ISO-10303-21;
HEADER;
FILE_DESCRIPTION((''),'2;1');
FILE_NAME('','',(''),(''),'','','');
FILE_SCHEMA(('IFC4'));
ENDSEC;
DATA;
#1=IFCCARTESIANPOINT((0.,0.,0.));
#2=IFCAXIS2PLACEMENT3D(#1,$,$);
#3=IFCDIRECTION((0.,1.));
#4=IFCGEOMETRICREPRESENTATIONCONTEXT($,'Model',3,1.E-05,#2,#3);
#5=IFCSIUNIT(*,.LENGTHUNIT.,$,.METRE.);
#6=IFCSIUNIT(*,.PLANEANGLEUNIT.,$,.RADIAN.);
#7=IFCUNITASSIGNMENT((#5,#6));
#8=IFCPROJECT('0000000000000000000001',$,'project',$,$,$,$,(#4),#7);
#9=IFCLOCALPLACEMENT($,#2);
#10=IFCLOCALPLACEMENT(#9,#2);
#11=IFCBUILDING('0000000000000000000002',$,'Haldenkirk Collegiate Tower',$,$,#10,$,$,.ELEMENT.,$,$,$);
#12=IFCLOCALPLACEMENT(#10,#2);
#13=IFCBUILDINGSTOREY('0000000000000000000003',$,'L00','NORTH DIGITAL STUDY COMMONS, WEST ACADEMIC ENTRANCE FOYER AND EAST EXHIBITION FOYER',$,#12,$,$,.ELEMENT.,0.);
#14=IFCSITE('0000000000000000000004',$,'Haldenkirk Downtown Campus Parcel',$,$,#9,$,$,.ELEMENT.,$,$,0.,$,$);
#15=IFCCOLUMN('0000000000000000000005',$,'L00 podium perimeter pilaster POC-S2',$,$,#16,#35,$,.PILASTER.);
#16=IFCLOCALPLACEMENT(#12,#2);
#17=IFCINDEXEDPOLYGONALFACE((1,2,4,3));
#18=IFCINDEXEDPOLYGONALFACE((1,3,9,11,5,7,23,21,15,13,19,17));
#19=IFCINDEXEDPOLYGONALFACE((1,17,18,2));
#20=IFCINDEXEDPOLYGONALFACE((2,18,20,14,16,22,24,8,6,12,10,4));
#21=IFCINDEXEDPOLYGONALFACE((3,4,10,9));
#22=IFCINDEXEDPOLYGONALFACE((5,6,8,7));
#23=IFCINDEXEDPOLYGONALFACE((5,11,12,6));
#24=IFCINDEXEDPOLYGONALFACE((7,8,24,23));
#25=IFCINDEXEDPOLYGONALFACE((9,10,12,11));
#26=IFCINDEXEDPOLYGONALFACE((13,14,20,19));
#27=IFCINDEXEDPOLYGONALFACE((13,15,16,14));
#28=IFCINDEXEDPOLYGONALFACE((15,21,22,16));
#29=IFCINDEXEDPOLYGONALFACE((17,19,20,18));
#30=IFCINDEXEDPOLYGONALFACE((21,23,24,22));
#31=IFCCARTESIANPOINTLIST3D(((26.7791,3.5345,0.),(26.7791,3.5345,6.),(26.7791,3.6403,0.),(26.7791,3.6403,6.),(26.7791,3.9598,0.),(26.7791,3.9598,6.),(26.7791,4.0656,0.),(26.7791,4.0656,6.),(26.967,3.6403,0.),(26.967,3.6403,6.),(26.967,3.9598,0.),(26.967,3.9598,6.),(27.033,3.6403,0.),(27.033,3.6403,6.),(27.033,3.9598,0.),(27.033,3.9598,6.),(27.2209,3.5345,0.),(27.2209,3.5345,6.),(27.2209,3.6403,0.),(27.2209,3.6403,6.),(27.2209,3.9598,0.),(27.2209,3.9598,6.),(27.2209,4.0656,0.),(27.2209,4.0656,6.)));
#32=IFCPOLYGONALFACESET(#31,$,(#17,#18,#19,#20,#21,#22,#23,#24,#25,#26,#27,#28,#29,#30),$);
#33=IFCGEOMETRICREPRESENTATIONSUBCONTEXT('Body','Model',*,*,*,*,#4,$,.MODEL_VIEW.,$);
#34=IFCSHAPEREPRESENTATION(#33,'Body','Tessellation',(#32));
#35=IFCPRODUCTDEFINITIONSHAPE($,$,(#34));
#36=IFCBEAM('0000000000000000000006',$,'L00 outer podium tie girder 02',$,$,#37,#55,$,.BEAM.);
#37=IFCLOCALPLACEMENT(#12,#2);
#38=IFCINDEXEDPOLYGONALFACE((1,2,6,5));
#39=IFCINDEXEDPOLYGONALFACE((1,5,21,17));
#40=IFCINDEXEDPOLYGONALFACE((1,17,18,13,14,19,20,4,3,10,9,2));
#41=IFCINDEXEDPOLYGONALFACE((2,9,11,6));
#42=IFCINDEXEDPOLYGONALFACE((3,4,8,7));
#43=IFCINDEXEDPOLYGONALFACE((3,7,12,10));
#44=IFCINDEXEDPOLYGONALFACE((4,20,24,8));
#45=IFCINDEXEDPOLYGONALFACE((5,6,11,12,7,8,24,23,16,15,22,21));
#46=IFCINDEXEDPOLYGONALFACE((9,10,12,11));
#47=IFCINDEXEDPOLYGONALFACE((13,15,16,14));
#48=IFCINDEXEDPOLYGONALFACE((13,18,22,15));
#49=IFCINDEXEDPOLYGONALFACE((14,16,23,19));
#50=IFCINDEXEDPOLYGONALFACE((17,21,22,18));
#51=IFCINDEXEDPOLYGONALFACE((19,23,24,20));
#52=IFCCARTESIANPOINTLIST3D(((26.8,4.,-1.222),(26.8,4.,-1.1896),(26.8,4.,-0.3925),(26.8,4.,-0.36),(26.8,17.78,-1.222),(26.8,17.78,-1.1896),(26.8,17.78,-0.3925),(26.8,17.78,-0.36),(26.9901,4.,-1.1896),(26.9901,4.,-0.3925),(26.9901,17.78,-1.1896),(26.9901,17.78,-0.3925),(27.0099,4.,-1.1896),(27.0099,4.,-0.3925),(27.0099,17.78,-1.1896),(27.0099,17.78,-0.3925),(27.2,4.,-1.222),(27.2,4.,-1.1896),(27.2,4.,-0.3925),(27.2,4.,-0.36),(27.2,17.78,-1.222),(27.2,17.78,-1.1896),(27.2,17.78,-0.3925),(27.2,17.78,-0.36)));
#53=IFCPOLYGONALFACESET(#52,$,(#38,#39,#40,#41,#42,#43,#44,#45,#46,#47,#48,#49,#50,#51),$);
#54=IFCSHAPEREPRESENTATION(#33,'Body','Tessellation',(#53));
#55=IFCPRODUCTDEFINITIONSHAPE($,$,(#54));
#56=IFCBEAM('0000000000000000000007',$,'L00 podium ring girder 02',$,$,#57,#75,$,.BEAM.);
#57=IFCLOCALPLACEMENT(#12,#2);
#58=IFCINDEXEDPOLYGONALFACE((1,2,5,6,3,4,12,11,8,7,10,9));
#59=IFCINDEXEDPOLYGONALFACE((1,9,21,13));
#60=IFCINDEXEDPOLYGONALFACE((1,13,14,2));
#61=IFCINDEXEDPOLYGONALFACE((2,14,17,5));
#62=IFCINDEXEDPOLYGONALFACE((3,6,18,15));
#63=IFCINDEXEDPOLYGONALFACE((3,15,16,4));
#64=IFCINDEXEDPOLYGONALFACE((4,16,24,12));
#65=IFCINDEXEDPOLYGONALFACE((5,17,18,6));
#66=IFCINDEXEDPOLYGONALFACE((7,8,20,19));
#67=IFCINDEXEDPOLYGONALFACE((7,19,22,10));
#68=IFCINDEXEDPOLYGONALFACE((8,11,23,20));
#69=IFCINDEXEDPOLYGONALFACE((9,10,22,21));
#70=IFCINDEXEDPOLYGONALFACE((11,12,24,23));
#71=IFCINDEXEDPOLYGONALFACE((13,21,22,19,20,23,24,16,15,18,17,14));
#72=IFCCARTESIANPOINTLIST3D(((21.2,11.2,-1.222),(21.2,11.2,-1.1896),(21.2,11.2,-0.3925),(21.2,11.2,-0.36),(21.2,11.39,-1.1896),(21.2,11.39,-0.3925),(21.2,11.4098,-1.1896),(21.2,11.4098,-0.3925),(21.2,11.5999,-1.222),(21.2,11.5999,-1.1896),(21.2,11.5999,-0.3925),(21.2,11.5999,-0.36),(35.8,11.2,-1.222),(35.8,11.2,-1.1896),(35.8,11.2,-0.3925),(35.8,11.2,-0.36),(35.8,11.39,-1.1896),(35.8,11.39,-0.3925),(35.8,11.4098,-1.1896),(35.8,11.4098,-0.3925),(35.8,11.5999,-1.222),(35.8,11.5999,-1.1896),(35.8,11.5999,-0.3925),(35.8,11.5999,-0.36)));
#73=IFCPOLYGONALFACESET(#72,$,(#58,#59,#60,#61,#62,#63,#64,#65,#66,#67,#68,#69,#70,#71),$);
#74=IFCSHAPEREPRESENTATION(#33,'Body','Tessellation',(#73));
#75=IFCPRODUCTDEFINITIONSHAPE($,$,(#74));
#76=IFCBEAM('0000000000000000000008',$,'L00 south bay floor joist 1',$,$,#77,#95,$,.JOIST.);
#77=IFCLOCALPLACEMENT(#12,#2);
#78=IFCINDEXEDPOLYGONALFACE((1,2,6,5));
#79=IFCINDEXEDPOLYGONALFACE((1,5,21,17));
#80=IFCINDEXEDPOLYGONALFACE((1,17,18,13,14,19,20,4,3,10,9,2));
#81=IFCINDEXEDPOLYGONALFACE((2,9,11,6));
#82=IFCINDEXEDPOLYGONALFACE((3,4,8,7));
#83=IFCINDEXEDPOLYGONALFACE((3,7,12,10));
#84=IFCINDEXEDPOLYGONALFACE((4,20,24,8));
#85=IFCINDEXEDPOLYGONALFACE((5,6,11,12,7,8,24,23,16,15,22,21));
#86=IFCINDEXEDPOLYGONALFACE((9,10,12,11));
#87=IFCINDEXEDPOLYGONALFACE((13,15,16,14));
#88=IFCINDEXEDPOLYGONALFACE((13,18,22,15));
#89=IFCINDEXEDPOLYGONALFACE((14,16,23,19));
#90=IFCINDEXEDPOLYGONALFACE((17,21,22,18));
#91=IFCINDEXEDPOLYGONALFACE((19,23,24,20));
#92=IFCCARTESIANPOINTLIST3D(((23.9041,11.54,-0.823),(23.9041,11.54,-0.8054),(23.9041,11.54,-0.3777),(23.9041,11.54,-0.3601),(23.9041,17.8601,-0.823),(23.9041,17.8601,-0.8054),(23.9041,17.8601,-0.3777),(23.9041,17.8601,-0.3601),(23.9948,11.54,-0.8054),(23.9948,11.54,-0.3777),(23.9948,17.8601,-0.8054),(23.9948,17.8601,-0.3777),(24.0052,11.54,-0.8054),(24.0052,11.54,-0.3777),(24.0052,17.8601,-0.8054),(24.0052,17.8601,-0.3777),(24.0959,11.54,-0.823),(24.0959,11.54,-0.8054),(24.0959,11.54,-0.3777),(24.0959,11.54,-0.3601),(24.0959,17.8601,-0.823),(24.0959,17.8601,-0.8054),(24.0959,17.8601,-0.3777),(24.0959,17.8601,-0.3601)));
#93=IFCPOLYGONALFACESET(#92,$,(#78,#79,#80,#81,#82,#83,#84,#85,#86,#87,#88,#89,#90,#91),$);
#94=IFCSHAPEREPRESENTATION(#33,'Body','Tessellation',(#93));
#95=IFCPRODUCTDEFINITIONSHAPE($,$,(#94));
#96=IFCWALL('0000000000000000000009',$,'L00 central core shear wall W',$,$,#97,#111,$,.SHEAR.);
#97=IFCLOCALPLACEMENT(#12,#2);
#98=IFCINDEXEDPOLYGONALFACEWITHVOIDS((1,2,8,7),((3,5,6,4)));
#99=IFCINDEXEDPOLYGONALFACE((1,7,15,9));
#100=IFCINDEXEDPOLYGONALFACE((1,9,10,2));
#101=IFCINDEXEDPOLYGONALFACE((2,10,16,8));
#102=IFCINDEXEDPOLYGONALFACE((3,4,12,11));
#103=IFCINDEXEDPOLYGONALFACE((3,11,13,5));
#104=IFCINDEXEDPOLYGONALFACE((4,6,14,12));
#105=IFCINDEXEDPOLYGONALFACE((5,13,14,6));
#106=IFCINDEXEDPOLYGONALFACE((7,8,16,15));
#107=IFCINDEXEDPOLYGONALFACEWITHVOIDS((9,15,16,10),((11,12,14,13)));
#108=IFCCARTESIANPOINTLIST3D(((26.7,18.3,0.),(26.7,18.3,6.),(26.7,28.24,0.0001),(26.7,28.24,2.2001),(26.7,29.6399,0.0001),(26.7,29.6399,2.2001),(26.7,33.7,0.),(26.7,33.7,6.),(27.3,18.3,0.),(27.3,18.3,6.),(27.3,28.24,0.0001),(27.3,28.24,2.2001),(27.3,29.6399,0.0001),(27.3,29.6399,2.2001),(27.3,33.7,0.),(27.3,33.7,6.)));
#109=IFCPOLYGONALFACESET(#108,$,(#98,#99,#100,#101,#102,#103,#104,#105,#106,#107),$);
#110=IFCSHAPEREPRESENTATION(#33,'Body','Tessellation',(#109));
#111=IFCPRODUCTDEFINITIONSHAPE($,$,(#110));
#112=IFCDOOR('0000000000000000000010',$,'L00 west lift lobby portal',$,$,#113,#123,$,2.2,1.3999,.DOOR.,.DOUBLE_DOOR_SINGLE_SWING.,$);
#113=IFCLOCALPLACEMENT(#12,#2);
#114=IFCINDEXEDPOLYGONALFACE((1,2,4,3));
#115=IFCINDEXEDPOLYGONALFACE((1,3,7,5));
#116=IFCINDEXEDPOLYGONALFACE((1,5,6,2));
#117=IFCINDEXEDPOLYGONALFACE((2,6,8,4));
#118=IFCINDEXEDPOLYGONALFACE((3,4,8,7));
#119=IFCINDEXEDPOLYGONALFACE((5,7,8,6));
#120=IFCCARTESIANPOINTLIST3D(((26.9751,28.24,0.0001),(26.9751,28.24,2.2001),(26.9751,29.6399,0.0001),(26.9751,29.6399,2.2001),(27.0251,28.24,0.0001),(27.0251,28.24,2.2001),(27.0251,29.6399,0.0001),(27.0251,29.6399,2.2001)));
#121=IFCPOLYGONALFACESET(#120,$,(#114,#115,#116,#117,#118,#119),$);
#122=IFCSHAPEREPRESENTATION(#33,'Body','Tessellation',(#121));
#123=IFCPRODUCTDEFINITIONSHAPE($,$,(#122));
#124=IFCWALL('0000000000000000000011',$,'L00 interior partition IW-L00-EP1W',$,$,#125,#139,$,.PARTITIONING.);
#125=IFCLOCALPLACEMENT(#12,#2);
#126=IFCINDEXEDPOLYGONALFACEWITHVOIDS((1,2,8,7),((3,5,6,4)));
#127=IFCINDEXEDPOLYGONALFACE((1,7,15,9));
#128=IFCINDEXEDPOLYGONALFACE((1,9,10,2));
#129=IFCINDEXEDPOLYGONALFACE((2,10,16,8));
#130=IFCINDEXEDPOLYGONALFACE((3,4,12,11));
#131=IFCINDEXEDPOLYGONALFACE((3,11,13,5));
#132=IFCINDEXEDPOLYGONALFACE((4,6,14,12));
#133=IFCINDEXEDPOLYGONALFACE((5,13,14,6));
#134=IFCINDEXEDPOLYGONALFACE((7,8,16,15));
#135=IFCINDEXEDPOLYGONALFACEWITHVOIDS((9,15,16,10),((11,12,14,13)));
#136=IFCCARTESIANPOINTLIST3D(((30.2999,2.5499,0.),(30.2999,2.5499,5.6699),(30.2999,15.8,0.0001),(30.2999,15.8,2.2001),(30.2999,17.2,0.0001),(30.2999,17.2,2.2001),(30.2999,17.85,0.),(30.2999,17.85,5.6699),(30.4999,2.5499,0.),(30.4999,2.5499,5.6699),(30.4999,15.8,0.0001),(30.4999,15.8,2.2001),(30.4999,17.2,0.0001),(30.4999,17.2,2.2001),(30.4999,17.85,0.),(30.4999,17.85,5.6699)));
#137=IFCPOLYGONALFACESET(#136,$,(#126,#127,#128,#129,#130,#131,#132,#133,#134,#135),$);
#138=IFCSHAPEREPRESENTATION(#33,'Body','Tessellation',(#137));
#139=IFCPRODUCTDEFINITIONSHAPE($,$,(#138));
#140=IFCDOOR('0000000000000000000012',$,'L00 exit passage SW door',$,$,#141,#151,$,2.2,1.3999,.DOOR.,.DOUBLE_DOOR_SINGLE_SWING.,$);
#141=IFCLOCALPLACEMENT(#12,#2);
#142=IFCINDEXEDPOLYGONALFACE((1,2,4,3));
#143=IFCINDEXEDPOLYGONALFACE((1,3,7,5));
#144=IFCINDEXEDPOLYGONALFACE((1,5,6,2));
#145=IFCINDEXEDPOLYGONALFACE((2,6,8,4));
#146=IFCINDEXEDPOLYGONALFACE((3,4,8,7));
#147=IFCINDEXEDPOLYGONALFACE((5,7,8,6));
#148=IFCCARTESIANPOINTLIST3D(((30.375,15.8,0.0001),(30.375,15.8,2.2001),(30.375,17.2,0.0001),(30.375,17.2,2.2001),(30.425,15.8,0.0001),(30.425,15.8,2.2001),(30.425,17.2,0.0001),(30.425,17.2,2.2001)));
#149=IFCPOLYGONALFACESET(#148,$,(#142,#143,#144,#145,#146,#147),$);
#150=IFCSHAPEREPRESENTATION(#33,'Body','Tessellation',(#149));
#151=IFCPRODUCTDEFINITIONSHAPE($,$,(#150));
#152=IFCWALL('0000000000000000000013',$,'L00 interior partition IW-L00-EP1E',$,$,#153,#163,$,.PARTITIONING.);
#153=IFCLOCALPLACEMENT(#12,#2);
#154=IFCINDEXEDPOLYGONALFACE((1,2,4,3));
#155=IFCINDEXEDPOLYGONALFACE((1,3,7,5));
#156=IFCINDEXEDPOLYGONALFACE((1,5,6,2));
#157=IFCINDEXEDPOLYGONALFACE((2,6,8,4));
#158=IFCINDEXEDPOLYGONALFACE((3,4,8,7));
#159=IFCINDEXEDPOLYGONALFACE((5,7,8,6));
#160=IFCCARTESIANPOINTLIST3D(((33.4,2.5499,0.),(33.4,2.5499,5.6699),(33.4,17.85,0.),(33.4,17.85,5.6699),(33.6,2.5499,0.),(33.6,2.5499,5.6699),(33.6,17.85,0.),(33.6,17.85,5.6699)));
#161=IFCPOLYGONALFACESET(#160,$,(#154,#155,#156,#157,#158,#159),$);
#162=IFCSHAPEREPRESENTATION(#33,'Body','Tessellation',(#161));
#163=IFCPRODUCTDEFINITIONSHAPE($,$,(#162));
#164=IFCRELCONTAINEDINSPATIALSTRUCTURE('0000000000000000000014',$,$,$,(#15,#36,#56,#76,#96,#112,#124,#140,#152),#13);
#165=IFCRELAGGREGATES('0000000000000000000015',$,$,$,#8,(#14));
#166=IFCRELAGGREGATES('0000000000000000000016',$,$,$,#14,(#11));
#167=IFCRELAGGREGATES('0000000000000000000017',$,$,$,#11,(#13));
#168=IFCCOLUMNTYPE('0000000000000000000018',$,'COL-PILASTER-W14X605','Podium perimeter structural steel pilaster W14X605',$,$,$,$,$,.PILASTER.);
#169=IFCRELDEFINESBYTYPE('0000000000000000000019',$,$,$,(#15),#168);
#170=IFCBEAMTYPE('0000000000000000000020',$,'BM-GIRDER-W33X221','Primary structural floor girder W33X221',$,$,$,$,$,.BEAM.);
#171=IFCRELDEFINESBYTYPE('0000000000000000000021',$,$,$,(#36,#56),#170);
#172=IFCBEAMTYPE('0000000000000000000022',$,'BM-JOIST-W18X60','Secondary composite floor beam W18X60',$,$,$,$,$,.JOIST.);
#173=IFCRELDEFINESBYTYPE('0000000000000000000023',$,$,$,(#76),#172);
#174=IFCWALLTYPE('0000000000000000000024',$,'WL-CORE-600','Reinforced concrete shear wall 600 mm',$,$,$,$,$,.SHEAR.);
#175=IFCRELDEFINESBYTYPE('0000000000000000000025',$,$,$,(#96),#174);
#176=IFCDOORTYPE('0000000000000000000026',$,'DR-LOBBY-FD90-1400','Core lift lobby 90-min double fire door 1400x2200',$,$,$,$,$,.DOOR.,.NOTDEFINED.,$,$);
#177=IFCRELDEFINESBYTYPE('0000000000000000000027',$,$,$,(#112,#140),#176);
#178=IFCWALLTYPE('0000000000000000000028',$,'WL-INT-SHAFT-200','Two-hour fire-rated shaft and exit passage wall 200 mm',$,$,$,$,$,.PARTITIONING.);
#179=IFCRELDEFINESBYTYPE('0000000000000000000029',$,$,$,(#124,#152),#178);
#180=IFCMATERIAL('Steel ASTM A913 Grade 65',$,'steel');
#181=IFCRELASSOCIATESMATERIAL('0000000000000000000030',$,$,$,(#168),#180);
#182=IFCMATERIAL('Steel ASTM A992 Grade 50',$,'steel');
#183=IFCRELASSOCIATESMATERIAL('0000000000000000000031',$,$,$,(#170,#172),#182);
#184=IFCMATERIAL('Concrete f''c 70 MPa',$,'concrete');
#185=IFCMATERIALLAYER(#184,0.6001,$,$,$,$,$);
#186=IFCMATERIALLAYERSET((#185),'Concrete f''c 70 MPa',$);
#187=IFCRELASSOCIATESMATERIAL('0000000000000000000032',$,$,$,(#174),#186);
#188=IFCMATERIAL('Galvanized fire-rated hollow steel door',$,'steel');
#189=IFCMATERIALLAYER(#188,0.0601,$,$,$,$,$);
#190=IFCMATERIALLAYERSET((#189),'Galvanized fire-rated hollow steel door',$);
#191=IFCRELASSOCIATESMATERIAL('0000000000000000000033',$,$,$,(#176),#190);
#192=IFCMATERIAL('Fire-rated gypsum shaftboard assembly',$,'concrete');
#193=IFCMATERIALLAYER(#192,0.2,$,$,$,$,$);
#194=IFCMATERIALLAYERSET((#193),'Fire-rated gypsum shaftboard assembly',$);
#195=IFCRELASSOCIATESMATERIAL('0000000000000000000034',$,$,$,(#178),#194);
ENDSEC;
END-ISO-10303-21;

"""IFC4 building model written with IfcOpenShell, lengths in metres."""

from ifc_helpers import new_model, si_unit, direction, frame, frame_2d, origin, origin_2d, place, context, subcontext, project, spatial, rectangle, i_section, extrude, material, layer, layer_set, material_profile, profile_set, type_object, element, fill, save


model = new_model("IFC4")

# Units and contexts
model_context = context("Model", 3, precision=1e-05, world=origin(), true_north=direction((0.0, 1.0)))
body_context = subcontext(model_context, "Body", "Model", "MODEL_VIEW")
ifc_project = project(units=[si_unit("LENGTHUNIT", "METRE"), si_unit("PLANEANGLEUNIT", "RADIAN")], contexts=[model_context])

# Site, building, storey
site_placement = place(None, origin())
site = spatial("IfcSite", under=ifc_project, at=site_placement, Name="Haldenkirk Downtown Campus Parcel", CompositionType="ELEMENT", RefElevation=0.0)
building_placement = place(site_placement, origin())
building = spatial("IfcBuilding", under=site, at=building_placement, Name="Haldenkirk Collegiate Tower", CompositionType="ELEMENT")
storey_placement = place(building_placement, origin())
storey = spatial("IfcBuildingStorey", under=building, at=storey_placement, Name="L00", Description="NORTH DIGITAL STUDY COMMONS, WEST ACADEMIC ENTRANCE FOYER AND EAST EXHIBITION FOYER", CompositionType="ELEMENT", Elevation=0.0)

# Column
ifc_material_1 = material(Name="Steel ASTM A913 Grade 65", Category="steel")
ifc_material_profile_1 = material_profile(ifc_material_1, i_section(OverallWidth=0.4419, OverallDepth=0.531, WebThickness=0.0659, FlangeThickness=0.1057, at=origin_2d()), Name="W14X605")
ifc_profile_set_1 = profile_set([ifc_material_profile_1], Name="Steel ASTM A913 Grade 65")
column_type = type_object("IfcColumnType", Name="COL-PILASTER-W14X605", Description="Podium perimeter structural steel pilaster W14X605", PredefinedType="PILASTER", material=ifc_profile_set_1)
column_placement = place(storey_placement, frame((27.0, 3.8, 0.0), z_axis=(0.0, 0.0, 1.0), x_axis=(1.0, 0.0, 0.0)))
element("IfcColumn", 1, at=column_placement, inside=storey, type_object=column_type, Name="L00 podium perimeter pilaster POC-S2", PredefinedType="PILASTER", context=body_context, shape_type="SweptSolid", body=[
    extrude(i_section(OverallWidth=0.4419, OverallDepth=0.531, WebThickness=0.0659, FlangeThickness=0.1057, at=origin_2d()), origin(), (0.0, 0.0, 1.0), 6.0),
])

# Beams
ifc_material_2 = material(Name="Steel ASTM A992 Grade 50", Category="steel")
ifc_material_profile_2 = material_profile(ifc_material_2, i_section(OverallWidth=0.3999, OverallDepth=0.8621, WebThickness=0.0198, FlangeThickness=0.0325, at=origin_2d()), Name="W33X221")
ifc_profile_set_2 = profile_set([ifc_material_profile_2], Name="Steel ASTM A992 Grade 50")
beam_type_1 = type_object("IfcBeamType", Name="BM-GIRDER-W33X221", Description="Primary structural floor girder W33X221", PredefinedType="BEAM", material=ifc_profile_set_2)
beam_1_placement = place(storey_placement, frame((27.0, 4.0, -0.791), z_axis=(0.0, 1.0, 0.0), x_axis=(-1.0, 0.0, 0.0)))
element("IfcBeam", 2, at=beam_1_placement, inside=storey, type_object=beam_type_1, Name="L00 outer podium tie girder 02", PredefinedType="BEAM", context=body_context, shape_type="SweptSolid", body=[
    extrude(i_section(OverallWidth=0.3999, OverallDepth=0.8621, WebThickness=0.0198, FlangeThickness=0.0325, at=origin_2d()), origin(), (0.0, 0.0, 1.0), 13.78),
])
beam_2_placement = place(storey_placement, frame((21.2, 11.3999, -0.791), z_axis=(1.0, 0.0, 0.0), x_axis=(0.0, 1.0, 0.0)))
element("IfcBeam", 3, at=beam_2_placement, inside=storey, type_object=beam_type_1, Name="L00 podium ring girder 02", PredefinedType="BEAM", context=body_context, shape_type="SweptSolid", body=[
    extrude(i_section(OverallWidth=0.3999, OverallDepth=0.8621, WebThickness=0.0198, FlangeThickness=0.0325, at=origin_2d()), origin(), (0.0, 0.0, 1.0), 14.6001),
])
ifc_material_profile_3 = material_profile(ifc_material_2, i_section(OverallWidth=0.1919, OverallDepth=0.4629, WebThickness=0.0105, FlangeThickness=0.0176, at=origin_2d()), Name="W18X60")
ifc_profile_set_3 = profile_set([ifc_material_profile_3], Name="Steel ASTM A992 Grade 50")
beam_type_2 = type_object("IfcBeamType", Name="BM-JOIST-W18X60", Description="Secondary composite floor beam W18X60", PredefinedType="JOIST", material=ifc_profile_set_3)
beam_3_placement = place(storey_placement, frame((24.0, 11.54, -0.5916), z_axis=(0.0, 1.0, 0.0), x_axis=(-1.0, 0.0, 0.0)))
element("IfcBeam", 4, at=beam_3_placement, inside=storey, type_object=beam_type_2, Name="L00 south bay floor joist 1", PredefinedType="JOIST", context=body_context, shape_type="SweptSolid", body=[
    extrude(i_section(OverallWidth=0.1919, OverallDepth=0.4629, WebThickness=0.0105, FlangeThickness=0.0176, at=origin_2d()), origin(), (0.0, 0.0, 1.0), 6.3201),
])

# Shared definitions
ifc_material_3 = material(Name="Concrete f'c 70 MPa", Category="concrete")
ifc_layer_1 = layer(ifc_material_3, 0.6001)
ifc_layer_set_1 = layer_set([ifc_layer_1], Name="Concrete f'c 70 MPa")
wall_type_1 = type_object("IfcWallType", Name="WL-CORE-600", Description="Reinforced concrete shear wall 600 mm", PredefinedType="SHEAR", material=ifc_layer_set_1)
ifc_material_4 = material(Name="Galvanized fire-rated hollow steel door", Category="steel")

# Walls, openings, doors
wall_1_placement = place(storey_placement, frame((27.0, 18.3, 0.0), z_axis=(0.0, 0.0, 1.0), x_axis=(0.0, 1.0, 0.0)))
wall_1 = element("IfcWall", 5, at=wall_1_placement, inside=storey, type_object=wall_type_1, Name="L00 central core shear wall W", PredefinedType="SHEAR", context=body_context, shape_type="SweptSolid", body=[
    extrude(rectangle(XDim=15.3999, YDim=0.6001, at=frame_2d((7.7, 0.0))), origin(), (0.0, 0.0, 1.0), 6.0),
])
opening_1_placement = place(wall_1_placement, frame((9.9399, 0.0, 0.0)))
opening_1 = element("IfcOpeningElement", 6, at=opening_1_placement, cuts=wall_1, PredefinedType="OPENING", context=body_context, shape_type="SweptSolid", body=[
    extrude(rectangle(XDim=1.3999, YDim=2.2, at=frame_2d((0.7, 1.1001))), frame((0.0, 0.3101, 0.0), z_axis=(0.0, -1.0, 0.0), x_axis=(1.0, 0.0, 0.0)), (0.0, 0.0, 1.0), 0.6201),
])
ifc_layer_2 = layer(ifc_material_4, 0.0601)
ifc_layer_set_2 = layer_set([ifc_layer_2], Name="Galvanized fire-rated hollow steel door")
door_type_1 = type_object("IfcDoorType", Name="DR-LOBBY-FD90-1400", Description="Core lift lobby 90-min double fire door 1400x2200", OperationType="NOTDEFINED", PredefinedType="DOOR", material=ifc_layer_set_2)
door_1_placement = place(opening_1_placement, origin())
door_1 = element("IfcDoor", 7, at=door_1_placement, inside=storey, type_object=door_type_1, Name="L00 west lift lobby portal", OperationType="DOUBLE_DOOR_SINGLE_SWING", OverallHeight=2.2, OverallWidth=1.3999, PredefinedType="DOOR", context=body_context, shape_type="SweptSolid", body=[
    extrude(rectangle(XDim=1.3999, YDim=2.2, at=frame_2d((0.7, 1.1001))), frame((0.0, 0.0249, 0.0), z_axis=(0.0, -1.0, 0.0), x_axis=(1.0, 0.0, 0.0)), (0.0, 0.0, 1.0), 0.05),
])
fill(opening_1, door_1)
ifc_material_5 = material(Name="Fire-rated gypsum shaftboard assembly", Category="concrete")
ifc_layer_3 = layer(ifc_material_5, 0.2)
ifc_layer_set_3 = layer_set([ifc_layer_3], Name="Fire-rated gypsum shaftboard assembly")
wall_type_2 = type_object("IfcWallType", Name="WL-INT-SHAFT-200", Description="Two-hour fire-rated shaft and exit passage wall 200 mm", PredefinedType="PARTITIONING", material=ifc_layer_set_3)
wall_2_placement = place(storey_placement, frame((30.3999, 2.55, 0.0), z_axis=(0.0, 0.0, 1.0), x_axis=(0.0, 1.0, 0.0)))
wall_2 = element("IfcWall", 8, at=wall_2_placement, inside=storey, type_object=wall_type_2, Name="L00 interior partition IW-L00-EP1W", PredefinedType="PARTITIONING", context=body_context, shape_type="SweptSolid", body=[
    extrude(rectangle(XDim=15.3, YDim=0.2, at=frame_2d((7.6499, 0.0))), origin(), (0.0, 0.0, 1.0), 5.6699),
])
opening_2_placement = place(wall_2_placement, frame((13.25, 0.0, 0.0)))
opening_2 = element("IfcOpeningElement", 9, at=opening_2_placement, cuts=wall_2, PredefinedType="OPENING", context=body_context, shape_type="SweptSolid", body=[
    extrude(rectangle(XDim=1.3999, YDim=2.2, at=frame_2d((0.7, 1.1001))), frame((0.0, 0.1099, 0.0), z_axis=(0.0, -1.0, 0.0), x_axis=(1.0, 0.0, 0.0)), (0.0, 0.0, 1.0), 0.22),
])
door_2_placement = place(opening_2_placement, origin())
door_2 = element("IfcDoor", 10, at=door_2_placement, inside=storey, type_object=door_type_1, Name="L00 exit passage SW door", OperationType="DOUBLE_DOOR_SINGLE_SWING", OverallHeight=2.2, OverallWidth=1.3999, PredefinedType="DOOR", context=body_context, shape_type="SweptSolid", body=[
    extrude(rectangle(XDim=1.3999, YDim=2.2, at=frame_2d((0.7, 1.1001))), frame((0.0, 0.0249, 0.0), z_axis=(0.0, -1.0, 0.0), x_axis=(1.0, 0.0, 0.0)), (0.0, 0.0, 1.0), 0.05),
])
fill(opening_2, door_2)

# Wall
wall_3_placement = place(storey_placement, frame((33.5, 2.55, 0.0), z_axis=(0.0, 0.0, 1.0), x_axis=(0.0, 1.0, 0.0)))
element("IfcWall", 11, at=wall_3_placement, inside=storey, type_object=wall_type_2, Name="L00 interior partition IW-L00-EP1E", PredefinedType="PARTITIONING", context=body_context, shape_type="SweptSolid", body=[
    extrude(rectangle(XDim=15.3, YDim=0.2, at=frame_2d((7.6499, 0.0))), origin(), (0.0, 0.0, 1.0), 5.6699),
])

save(model, "model.ifc")
